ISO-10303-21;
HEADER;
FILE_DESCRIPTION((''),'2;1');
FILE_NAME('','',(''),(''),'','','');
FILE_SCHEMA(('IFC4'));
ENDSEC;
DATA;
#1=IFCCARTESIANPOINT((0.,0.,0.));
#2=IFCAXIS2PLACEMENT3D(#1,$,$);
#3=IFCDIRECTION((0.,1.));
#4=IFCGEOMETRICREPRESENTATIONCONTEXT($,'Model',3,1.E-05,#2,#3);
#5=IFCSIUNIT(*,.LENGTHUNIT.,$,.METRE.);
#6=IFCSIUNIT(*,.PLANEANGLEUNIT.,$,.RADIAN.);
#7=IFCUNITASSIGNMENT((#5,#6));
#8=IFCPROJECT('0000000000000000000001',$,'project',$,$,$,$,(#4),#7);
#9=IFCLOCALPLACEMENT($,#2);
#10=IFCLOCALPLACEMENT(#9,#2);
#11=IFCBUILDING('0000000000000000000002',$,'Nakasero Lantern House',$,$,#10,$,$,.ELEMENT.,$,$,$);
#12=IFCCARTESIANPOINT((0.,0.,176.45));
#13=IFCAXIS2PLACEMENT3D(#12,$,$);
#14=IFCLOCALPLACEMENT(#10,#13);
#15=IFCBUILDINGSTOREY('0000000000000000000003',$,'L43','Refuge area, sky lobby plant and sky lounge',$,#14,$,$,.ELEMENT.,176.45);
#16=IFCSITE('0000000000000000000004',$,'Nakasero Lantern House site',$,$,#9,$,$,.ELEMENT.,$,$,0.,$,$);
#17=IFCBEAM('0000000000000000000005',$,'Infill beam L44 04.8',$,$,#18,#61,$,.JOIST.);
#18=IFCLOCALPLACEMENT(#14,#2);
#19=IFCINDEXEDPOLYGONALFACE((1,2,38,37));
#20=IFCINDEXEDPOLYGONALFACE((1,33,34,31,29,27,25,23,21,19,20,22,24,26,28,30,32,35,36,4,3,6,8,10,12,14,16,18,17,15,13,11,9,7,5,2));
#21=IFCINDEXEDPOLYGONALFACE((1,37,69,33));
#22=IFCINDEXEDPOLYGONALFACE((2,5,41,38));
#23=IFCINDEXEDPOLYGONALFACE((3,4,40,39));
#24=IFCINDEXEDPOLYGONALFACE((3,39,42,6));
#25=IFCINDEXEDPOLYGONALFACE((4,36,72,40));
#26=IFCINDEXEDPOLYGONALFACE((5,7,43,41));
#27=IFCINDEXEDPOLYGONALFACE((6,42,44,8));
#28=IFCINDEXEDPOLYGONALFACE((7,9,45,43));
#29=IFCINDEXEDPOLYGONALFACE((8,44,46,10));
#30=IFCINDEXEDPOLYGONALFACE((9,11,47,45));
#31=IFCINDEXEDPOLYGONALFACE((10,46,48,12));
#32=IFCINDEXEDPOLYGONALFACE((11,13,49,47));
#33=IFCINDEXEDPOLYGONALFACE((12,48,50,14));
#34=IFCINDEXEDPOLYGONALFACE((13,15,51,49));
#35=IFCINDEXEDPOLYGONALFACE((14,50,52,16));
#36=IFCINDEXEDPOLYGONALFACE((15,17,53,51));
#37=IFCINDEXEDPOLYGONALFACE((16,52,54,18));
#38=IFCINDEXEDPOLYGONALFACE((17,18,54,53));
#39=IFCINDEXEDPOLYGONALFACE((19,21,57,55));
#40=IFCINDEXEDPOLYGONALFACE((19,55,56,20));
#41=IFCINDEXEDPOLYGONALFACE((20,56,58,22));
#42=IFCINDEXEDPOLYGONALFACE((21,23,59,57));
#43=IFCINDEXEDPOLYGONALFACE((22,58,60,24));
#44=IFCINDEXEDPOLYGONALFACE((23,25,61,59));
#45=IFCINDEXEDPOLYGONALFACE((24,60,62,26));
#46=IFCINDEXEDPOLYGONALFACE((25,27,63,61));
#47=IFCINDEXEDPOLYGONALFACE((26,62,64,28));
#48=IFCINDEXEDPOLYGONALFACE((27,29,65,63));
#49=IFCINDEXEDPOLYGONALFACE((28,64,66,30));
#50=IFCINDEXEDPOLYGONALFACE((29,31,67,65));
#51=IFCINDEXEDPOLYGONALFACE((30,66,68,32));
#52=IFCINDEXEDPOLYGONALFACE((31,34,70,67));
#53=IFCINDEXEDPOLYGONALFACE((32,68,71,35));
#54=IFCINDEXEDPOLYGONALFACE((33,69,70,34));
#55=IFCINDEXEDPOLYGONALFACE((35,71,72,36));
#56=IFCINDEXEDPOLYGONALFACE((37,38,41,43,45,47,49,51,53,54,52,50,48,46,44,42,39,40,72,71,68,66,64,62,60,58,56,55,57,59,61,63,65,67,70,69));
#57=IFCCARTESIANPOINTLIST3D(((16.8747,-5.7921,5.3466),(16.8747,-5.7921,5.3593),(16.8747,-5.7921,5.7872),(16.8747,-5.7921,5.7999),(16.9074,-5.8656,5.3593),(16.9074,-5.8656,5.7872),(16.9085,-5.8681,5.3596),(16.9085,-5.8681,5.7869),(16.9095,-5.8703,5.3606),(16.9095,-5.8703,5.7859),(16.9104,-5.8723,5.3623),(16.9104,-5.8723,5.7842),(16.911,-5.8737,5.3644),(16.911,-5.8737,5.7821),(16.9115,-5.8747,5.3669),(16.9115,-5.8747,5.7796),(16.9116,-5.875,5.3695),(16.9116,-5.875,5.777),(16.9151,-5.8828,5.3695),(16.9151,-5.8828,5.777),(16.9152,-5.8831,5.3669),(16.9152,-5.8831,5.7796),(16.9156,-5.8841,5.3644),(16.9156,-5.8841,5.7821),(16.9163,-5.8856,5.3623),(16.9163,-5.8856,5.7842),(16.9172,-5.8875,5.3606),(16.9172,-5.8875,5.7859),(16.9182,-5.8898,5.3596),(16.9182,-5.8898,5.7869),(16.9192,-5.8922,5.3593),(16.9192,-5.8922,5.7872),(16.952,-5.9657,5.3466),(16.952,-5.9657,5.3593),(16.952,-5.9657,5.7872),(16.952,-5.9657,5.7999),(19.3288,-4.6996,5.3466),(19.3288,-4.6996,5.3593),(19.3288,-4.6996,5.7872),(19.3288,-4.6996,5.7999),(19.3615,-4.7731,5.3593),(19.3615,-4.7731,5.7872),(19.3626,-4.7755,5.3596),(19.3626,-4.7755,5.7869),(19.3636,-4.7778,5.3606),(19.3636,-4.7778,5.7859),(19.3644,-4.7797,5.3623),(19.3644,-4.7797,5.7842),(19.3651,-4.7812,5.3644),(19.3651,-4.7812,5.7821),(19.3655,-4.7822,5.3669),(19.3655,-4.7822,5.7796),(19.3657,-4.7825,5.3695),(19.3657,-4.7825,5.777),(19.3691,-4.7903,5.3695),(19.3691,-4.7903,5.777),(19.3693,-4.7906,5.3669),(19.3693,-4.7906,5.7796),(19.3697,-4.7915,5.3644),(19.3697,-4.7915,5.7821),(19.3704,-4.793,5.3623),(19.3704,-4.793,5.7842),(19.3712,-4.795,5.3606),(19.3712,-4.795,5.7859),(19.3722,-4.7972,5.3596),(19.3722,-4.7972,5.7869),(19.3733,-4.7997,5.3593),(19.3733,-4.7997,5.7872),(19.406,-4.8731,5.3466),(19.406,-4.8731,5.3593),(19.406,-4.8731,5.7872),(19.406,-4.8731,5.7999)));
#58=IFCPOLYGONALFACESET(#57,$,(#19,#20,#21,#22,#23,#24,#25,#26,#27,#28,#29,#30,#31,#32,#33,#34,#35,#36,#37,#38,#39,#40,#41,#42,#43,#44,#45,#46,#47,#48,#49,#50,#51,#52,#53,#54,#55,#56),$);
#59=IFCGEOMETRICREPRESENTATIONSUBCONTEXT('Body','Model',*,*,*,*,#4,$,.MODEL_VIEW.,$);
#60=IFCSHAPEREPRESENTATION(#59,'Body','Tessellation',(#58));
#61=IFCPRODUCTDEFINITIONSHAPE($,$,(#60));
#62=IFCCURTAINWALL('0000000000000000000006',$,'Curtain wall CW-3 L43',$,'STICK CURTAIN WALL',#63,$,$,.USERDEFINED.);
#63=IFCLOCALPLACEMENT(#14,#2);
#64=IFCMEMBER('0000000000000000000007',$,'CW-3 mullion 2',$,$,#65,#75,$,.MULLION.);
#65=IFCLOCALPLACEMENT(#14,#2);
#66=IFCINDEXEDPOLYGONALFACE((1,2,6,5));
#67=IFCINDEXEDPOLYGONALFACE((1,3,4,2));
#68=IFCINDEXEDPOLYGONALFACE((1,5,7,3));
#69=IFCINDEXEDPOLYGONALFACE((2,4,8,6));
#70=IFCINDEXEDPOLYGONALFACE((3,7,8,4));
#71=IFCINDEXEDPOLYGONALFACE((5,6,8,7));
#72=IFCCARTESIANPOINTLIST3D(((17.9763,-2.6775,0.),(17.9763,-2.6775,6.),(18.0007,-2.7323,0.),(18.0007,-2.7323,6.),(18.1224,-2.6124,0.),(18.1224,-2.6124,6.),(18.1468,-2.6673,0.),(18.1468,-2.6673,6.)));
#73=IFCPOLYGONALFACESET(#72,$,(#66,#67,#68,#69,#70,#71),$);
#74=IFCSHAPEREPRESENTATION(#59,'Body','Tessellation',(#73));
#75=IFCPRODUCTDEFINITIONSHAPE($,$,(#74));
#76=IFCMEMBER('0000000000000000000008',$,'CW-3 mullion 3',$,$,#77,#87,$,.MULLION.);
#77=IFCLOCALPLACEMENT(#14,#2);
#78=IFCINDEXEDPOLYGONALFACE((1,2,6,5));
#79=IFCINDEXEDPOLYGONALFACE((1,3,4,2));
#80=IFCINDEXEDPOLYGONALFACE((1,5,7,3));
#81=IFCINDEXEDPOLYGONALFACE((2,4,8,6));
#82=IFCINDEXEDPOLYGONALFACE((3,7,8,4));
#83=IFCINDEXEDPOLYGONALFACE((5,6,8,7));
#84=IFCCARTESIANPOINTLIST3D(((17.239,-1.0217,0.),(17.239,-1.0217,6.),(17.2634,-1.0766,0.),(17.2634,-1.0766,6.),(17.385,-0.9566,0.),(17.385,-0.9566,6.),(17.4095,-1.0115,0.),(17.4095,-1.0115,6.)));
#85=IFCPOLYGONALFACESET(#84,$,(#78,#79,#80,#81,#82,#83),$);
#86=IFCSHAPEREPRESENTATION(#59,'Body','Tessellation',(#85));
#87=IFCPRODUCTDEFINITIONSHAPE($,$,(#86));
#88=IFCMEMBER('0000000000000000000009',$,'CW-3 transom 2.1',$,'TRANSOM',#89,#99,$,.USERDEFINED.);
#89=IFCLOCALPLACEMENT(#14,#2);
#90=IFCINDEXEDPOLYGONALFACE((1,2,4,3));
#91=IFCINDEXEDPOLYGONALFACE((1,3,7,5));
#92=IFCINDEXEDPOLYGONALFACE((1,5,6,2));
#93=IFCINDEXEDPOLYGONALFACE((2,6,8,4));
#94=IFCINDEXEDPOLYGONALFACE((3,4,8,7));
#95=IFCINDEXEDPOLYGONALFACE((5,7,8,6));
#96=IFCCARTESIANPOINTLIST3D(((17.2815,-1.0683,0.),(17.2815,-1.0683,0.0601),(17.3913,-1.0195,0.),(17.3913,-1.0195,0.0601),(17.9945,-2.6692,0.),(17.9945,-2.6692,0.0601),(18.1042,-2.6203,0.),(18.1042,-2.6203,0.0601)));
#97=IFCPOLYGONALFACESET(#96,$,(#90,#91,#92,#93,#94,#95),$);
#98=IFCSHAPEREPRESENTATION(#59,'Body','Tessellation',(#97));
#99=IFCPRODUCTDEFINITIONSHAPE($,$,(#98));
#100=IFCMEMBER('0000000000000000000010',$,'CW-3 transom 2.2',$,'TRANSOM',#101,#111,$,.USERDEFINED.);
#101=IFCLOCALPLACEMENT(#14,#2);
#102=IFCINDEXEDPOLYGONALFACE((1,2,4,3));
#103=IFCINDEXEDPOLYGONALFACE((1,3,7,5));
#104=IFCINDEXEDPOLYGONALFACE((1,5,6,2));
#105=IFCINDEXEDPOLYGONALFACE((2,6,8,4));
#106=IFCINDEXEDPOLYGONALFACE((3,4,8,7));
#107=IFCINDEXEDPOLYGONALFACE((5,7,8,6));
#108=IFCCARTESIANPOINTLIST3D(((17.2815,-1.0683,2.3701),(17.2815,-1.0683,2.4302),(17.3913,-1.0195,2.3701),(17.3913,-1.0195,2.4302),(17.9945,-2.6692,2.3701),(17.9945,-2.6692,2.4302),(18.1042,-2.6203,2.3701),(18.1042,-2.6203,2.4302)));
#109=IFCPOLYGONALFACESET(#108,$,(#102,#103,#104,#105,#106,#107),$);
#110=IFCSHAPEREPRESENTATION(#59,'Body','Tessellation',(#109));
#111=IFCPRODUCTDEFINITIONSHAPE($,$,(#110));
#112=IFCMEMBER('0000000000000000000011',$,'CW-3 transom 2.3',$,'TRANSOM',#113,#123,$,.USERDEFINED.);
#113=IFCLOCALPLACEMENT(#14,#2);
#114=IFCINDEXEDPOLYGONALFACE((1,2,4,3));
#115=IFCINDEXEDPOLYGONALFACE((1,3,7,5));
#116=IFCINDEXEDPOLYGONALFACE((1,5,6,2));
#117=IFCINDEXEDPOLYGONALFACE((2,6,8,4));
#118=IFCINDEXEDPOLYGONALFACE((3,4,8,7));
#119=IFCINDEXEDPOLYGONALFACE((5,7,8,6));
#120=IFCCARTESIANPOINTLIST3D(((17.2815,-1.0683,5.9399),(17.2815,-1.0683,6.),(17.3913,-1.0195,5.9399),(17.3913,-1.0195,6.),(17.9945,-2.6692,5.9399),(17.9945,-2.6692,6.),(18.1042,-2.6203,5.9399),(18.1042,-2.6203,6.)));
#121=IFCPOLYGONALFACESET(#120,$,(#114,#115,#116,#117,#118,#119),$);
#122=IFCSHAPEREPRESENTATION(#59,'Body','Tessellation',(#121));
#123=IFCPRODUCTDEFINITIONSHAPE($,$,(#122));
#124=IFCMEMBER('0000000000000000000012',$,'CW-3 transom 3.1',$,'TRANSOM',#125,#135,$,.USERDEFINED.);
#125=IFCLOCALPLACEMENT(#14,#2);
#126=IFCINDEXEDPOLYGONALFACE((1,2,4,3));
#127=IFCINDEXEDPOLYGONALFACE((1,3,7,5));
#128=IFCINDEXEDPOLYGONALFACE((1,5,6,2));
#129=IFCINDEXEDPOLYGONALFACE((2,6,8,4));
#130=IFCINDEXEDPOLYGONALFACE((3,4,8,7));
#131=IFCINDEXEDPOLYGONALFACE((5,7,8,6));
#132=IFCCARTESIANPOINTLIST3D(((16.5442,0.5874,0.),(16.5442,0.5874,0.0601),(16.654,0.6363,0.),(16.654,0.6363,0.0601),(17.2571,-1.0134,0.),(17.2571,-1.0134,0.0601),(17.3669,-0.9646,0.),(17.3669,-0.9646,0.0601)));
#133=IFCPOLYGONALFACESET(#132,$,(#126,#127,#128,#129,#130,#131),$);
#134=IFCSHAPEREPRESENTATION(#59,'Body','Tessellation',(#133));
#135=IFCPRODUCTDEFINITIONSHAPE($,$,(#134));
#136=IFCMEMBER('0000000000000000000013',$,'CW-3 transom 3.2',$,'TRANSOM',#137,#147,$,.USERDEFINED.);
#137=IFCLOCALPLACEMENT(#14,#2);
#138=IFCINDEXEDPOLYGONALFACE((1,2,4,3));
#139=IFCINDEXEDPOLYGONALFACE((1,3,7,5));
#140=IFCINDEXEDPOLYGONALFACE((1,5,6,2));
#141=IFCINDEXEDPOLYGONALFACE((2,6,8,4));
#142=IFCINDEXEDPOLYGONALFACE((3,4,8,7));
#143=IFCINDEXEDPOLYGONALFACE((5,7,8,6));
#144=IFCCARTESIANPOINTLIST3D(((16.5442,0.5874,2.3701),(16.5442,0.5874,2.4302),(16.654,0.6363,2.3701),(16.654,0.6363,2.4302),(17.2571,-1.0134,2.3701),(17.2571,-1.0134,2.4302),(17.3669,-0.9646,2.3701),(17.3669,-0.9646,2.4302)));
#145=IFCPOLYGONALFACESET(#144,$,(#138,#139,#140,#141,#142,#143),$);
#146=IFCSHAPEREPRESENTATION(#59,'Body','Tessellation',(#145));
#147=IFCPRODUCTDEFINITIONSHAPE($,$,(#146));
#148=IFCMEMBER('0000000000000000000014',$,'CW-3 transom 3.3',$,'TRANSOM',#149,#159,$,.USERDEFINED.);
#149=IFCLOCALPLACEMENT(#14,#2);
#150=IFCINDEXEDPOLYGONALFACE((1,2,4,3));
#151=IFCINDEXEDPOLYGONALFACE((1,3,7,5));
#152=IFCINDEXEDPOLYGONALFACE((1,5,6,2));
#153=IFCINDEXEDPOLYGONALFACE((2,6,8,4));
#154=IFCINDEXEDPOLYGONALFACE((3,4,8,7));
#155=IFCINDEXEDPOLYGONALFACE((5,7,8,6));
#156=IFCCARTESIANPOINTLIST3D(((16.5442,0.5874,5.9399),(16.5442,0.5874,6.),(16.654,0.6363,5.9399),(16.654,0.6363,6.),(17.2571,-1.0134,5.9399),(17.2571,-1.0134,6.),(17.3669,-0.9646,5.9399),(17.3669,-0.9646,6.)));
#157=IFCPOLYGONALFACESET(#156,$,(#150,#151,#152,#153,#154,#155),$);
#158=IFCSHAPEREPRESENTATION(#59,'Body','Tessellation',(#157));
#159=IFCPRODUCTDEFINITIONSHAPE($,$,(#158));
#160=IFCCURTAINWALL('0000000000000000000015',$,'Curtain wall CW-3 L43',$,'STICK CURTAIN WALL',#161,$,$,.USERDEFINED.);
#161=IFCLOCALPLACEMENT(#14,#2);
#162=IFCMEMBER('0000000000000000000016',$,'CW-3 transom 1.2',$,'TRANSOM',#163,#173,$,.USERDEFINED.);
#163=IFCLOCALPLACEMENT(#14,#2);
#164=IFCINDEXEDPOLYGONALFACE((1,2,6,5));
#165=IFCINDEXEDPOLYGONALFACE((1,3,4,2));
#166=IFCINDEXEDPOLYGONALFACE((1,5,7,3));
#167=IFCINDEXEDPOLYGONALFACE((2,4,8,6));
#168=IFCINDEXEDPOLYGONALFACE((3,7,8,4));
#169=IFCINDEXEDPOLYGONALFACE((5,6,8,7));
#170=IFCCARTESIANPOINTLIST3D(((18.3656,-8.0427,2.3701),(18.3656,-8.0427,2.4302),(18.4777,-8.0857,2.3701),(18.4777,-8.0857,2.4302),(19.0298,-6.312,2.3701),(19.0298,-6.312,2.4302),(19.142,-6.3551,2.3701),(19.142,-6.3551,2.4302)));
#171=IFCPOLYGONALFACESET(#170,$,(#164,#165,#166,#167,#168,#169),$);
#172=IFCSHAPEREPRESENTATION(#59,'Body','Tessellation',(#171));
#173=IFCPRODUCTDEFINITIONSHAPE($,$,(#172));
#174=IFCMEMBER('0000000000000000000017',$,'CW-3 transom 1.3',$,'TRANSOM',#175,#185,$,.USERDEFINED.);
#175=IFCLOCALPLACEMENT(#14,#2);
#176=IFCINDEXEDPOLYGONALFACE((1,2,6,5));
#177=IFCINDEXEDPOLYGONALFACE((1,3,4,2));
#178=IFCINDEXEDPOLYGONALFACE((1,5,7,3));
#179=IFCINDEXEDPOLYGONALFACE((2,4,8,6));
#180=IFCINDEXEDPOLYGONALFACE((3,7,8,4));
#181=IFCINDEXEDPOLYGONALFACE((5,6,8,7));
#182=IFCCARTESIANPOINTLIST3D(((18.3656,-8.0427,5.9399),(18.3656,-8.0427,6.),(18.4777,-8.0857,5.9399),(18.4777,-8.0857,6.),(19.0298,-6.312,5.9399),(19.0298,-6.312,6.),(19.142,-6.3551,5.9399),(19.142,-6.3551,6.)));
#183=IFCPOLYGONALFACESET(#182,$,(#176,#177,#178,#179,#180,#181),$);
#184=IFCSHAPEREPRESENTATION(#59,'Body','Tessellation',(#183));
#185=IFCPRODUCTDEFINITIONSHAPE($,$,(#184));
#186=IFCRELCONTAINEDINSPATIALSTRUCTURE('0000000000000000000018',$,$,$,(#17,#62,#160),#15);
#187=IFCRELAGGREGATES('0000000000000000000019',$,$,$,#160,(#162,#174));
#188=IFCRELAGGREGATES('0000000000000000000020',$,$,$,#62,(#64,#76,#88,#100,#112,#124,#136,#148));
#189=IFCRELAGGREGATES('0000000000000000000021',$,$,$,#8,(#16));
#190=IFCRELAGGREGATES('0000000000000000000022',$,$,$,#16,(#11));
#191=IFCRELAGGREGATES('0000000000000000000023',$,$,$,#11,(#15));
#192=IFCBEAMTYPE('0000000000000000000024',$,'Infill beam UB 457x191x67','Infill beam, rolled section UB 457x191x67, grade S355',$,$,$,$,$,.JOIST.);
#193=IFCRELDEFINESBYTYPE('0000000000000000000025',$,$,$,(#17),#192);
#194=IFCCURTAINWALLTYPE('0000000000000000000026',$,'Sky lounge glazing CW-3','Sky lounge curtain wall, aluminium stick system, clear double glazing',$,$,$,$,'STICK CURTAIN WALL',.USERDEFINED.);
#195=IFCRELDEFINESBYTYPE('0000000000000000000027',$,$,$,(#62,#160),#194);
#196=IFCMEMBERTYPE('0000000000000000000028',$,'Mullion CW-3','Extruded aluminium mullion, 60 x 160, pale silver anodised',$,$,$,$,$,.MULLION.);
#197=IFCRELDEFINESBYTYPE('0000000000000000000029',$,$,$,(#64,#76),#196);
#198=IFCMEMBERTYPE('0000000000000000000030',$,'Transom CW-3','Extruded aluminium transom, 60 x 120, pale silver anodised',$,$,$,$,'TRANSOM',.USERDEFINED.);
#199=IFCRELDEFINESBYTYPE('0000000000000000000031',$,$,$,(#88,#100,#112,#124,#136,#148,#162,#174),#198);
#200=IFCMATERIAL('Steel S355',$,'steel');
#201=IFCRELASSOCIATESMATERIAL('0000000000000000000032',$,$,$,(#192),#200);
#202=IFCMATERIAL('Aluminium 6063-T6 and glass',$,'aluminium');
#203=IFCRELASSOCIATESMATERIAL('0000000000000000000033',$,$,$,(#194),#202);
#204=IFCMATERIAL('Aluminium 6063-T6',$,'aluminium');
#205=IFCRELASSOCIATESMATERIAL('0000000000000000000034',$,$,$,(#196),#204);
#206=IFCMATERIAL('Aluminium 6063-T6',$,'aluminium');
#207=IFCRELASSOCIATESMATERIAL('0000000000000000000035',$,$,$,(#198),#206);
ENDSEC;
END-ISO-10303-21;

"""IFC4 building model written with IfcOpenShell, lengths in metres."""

from ifc_helpers import new_model, si_unit, direction, frame, origin, origin_2d, place, context, subcontext, project, spatial, rectangle, i_section, extrude, material, material_profile, profile_set, type_object, element, aggregate, save


model = new_model("IFC4")

# Units and contexts
model_context = context("Model", 3, precision=1e-05, world=origin(), true_north=direction((0.0, 1.0)))
body_context = subcontext(model_context, "Body", "Model", "MODEL_VIEW")
ifc_project = project(units=[si_unit("LENGTHUNIT", "METRE"), si_unit("PLANEANGLEUNIT", "RADIAN")], contexts=[model_context])

# Site, building, storey
site_placement = place(None, origin())
site = spatial("IfcSite", under=ifc_project, at=site_placement, Name="Nakasero Lantern House site", CompositionType="ELEMENT", RefElevation=0.0)
building_placement = place(site_placement, origin())
building = spatial("IfcBuilding", under=site, at=building_placement, Name="Nakasero Lantern House", CompositionType="ELEMENT")
storey_placement = place(building_placement, frame((0.0, 0.0, 176.45)))
storey = spatial("IfcBuildingStorey", under=building, at=storey_placement, Name="L43", Description="Refuge area, sky lobby plant and sky lounge", CompositionType="ELEMENT", Elevation=176.45)

# Beam
ifc_material_1 = material(Name="Steel S355", Category="steel")
ifc_material_profile_1 = material_profile(ifc_material_1, i_section(OverallWidth=0.1899, OverallDepth=0.4534, WebThickness=0.0085, FlangeThickness=0.0127, FilletRadius=0.0103, at=origin_2d()), Name="UB 457x191x67")
ifc_profile_set_1 = profile_set([ifc_material_profile_1], Name="Steel S355")
beam_type = type_object("IfcBeamType", Name="Infill beam UB 457x191x67", Description="Infill beam, rolled section UB 457x191x67, grade S355", PredefinedType="JOIST", material=ifc_profile_set_1)
beam_placement = place(storey_placement, frame((16.9133, -5.8789, 5.5732), z_axis=(0.91356, 0.406703, 0.0), x_axis=(-0.406703, 0.91356, 0.0)))
element("IfcBeam", 1, at=beam_placement, inside=storey, type_object=beam_type, Name="Infill beam L44 04.8", PredefinedType="JOIST", context=body_context, shape_type="SweptSolid", body=[
    extrude(i_section(OverallWidth=0.1899, OverallDepth=0.4534, WebThickness=0.0085, FlangeThickness=0.0127, FilletRadius=0.0103, at=origin_2d()), origin(), (0.0, 0.0, 1.0), 2.6863),
])

# Curtain walls, members
ifc_material_2 = material(Name="Aluminium 6063-T6 and glass", Category="aluminium")
curtain_wall_type = type_object("IfcCurtainWallType", Name="Sky lounge glazing CW-3", Description="Sky lounge curtain wall, aluminium stick system, clear double glazing", ElementType="STICK CURTAIN WALL", PredefinedType="USERDEFINED", material=ifc_material_2)
curtain_wall_1_placement = place(storey_placement, origin())
curtain_wall_1 = element("IfcCurtainWall", 2, at=curtain_wall_1_placement, inside=storey, type_object=curtain_wall_type, Name="Curtain wall CW-3 L43", ObjectType="STICK CURTAIN WALL", PredefinedType="USERDEFINED")
ifc_material_3 = material(Name="Aluminium 6063-T6", Category="aluminium")
ifc_material_profile_2 = material_profile(ifc_material_3, rectangle(XDim=0.0601, YDim=0.1599, at=origin_2d()), Name="CW-3 mullion 60x160")
ifc_profile_set_2 = profile_set([ifc_material_profile_2], Name="Aluminium 6063-T6")
member_type_1 = type_object("IfcMemberType", Name="Mullion CW-3", Description="Extruded aluminium mullion, 60 x 160, pale silver anodised", PredefinedType="MULLION", material=ifc_profile_set_2)
member_1_placement = place(storey_placement, frame((18.0615, -2.6724, 0.0), z_axis=(0.0, 0.0, 1.0), x_axis=(-0.406737, 0.913545, 0.0)))
member_1 = element("IfcMember", 3, at=member_1_placement, type_object=member_type_1, Name="CW-3 mullion 2", PredefinedType="MULLION", context=body_context, shape_type="SweptSolid", body=[
    extrude(rectangle(XDim=0.0601, YDim=0.1599, at=origin_2d()), origin(), (0.0, 0.0, 1.0), 6.0),
])
member_2_placement = place(storey_placement, frame((17.3242, -1.0166, 0.0), z_axis=(0.0, 0.0, 1.0), x_axis=(-0.406737, 0.913545, 0.0)))
member_2 = element("IfcMember", 4, at=member_2_placement, type_object=member_type_1, Name="CW-3 mullion 3", PredefinedType="MULLION", context=body_context, shape_type="SweptSolid", body=[
    extrude(rectangle(XDim=0.0601, YDim=0.1599, at=origin_2d()), origin(), (0.0, 0.0, 1.0), 6.0),
])
ifc_material_4 = material(Name="Aluminium 6063-T6", Category="aluminium")
ifc_material_profile_3 = material_profile(ifc_material_4, rectangle(XDim=0.0601, YDim=0.1201, at=origin_2d()), Name="CW-3 transom 60x120")
ifc_profile_set_3 = profile_set([ifc_material_profile_3], Name="Aluminium 6063-T6")
member_type_2 = type_object("IfcMemberType", Name="Transom CW-3", Description="Extruded aluminium transom, 60 x 120, pale silver anodised", ElementType="TRANSOM", PredefinedType="USERDEFINED", material=ifc_profile_set_3)
member_3_placement = place(storey_placement, frame((18.0493, -2.6448, 0.03), z_axis=(-0.406811, 0.913513, 0.0), x_axis=(0.0, 0.0, 1.0)))
member_3 = element("IfcMember", 5, at=member_3_placement, type_object=member_type_2, Name="CW-3 transom 2.1", ObjectType="TRANSOM", PredefinedType="USERDEFINED", context=body_context, shape_type="SweptSolid", body=[
    extrude(rectangle(XDim=0.0601, YDim=0.1201, at=origin_2d()), origin(), (0.0, 0.0, 1.0), 1.7524),
])
member_4_placement = place(storey_placement, frame((18.0493, -2.6448, 2.4001), z_axis=(-0.406811, 0.913513, 0.0), x_axis=(0.0, 0.0, 1.0)))
member_4 = element("IfcMember", 6, at=member_4_placement, type_object=member_type_2, Name="CW-3 transom 2.2", ObjectType="TRANSOM", PredefinedType="USERDEFINED", context=body_context, shape_type="SweptSolid", body=[
    extrude(rectangle(XDim=0.0601, YDim=0.1201, at=origin_2d()), origin(), (0.0, 0.0, 1.0), 1.7524),
])
member_5_placement = place(storey_placement, frame((18.0493, -2.6448, 5.97), z_axis=(-0.406811, 0.913513, 0.0), x_axis=(0.0, 0.0, 1.0)))
member_5 = element("IfcMember", 7, at=member_5_placement, type_object=member_type_2, Name="CW-3 transom 2.3", ObjectType="TRANSOM", PredefinedType="USERDEFINED", context=body_context, shape_type="SweptSolid", body=[
    extrude(rectangle(XDim=0.0601, YDim=0.1201, at=origin_2d()), origin(), (0.0, 0.0, 1.0), 1.7524),
])
member_6_placement = place(storey_placement, frame((17.312, -0.989, 0.03), z_axis=(-0.406811, 0.913513, 0.0), x_axis=(0.0, 0.0, 1.0)))
member_6 = element("IfcMember", 8, at=member_6_placement, type_object=member_type_2, Name="CW-3 transom 3.1", ObjectType="TRANSOM", PredefinedType="USERDEFINED", context=body_context, shape_type="SweptSolid", body=[
    extrude(rectangle(XDim=0.0601, YDim=0.1201, at=origin_2d()), origin(), (0.0, 0.0, 1.0), 1.7524),
])
member_7_placement = place(storey_placement, frame((17.312, -0.989, 2.4001), z_axis=(-0.406811, 0.913513, 0.0), x_axis=(0.0, 0.0, 1.0)))
member_7 = element("IfcMember", 9, at=member_7_placement, type_object=member_type_2, Name="CW-3 transom 3.2", ObjectType="TRANSOM", PredefinedType="USERDEFINED", context=body_context, shape_type="SweptSolid", body=[
    extrude(rectangle(XDim=0.0601, YDim=0.1201, at=origin_2d()), origin(), (0.0, 0.0, 1.0), 1.7524),
])
member_8_placement = place(storey_placement, frame((17.312, -0.989, 5.97), z_axis=(-0.406811, 0.913513, 0.0), x_axis=(0.0, 0.0, 1.0)))
member_8 = element("IfcMember", 10, at=member_8_placement, type_object=member_type_2, Name="CW-3 transom 3.3", ObjectType="TRANSOM", PredefinedType="USERDEFINED", context=body_context, shape_type="SweptSolid", body=[
    extrude(rectangle(XDim=0.0601, YDim=0.1201, at=origin_2d()), origin(), (0.0, 0.0, 1.0), 1.7524),
])
curtain_wall_2_placement = place(storey_placement, origin())
curtain_wall_2 = element("IfcCurtainWall", 11, at=curtain_wall_2_placement, inside=storey, type_object=curtain_wall_type, Name="Curtain wall CW-3 L43", ObjectType="STICK CURTAIN WALL", PredefinedType="USERDEFINED")
member_9_placement = place(storey_placement, frame((18.4216, -8.0642, 2.4001), z_axis=(0.358344, 0.93359, 0.0), x_axis=(0.0, 0.0, 1.0)))
member_9 = element("IfcMember", 12, at=member_9_placement, type_object=member_type_2, Name="CW-3 transom 1.2", ObjectType="TRANSOM", PredefinedType="USERDEFINED", context=body_context, shape_type="SweptSolid", body=[
    extrude(rectangle(XDim=0.0601, YDim=0.1201, at=origin_2d()), origin(), (0.0, 0.0, 1.0), 1.8538),
])
member_10_placement = place(storey_placement, frame((18.4216, -8.0642, 5.97), z_axis=(0.358344, 0.93359, 0.0), x_axis=(0.0, 0.0, 1.0)))
member_10 = element("IfcMember", 13, at=member_10_placement, type_object=member_type_2, Name="CW-3 transom 1.3", ObjectType="TRANSOM", PredefinedType="USERDEFINED", context=body_context, shape_type="SweptSolid", body=[
    extrude(rectangle(XDim=0.0601, YDim=0.1201, at=origin_2d()), origin(), (0.0, 0.0, 1.0), 1.8538),
])
aggregate(curtain_wall_2, [member_9, member_10])

aggregate(curtain_wall_1, [member_1, member_2, member_3, member_4, member_5, member_6, member_7, member_8])

save(model, "model.ifc")
